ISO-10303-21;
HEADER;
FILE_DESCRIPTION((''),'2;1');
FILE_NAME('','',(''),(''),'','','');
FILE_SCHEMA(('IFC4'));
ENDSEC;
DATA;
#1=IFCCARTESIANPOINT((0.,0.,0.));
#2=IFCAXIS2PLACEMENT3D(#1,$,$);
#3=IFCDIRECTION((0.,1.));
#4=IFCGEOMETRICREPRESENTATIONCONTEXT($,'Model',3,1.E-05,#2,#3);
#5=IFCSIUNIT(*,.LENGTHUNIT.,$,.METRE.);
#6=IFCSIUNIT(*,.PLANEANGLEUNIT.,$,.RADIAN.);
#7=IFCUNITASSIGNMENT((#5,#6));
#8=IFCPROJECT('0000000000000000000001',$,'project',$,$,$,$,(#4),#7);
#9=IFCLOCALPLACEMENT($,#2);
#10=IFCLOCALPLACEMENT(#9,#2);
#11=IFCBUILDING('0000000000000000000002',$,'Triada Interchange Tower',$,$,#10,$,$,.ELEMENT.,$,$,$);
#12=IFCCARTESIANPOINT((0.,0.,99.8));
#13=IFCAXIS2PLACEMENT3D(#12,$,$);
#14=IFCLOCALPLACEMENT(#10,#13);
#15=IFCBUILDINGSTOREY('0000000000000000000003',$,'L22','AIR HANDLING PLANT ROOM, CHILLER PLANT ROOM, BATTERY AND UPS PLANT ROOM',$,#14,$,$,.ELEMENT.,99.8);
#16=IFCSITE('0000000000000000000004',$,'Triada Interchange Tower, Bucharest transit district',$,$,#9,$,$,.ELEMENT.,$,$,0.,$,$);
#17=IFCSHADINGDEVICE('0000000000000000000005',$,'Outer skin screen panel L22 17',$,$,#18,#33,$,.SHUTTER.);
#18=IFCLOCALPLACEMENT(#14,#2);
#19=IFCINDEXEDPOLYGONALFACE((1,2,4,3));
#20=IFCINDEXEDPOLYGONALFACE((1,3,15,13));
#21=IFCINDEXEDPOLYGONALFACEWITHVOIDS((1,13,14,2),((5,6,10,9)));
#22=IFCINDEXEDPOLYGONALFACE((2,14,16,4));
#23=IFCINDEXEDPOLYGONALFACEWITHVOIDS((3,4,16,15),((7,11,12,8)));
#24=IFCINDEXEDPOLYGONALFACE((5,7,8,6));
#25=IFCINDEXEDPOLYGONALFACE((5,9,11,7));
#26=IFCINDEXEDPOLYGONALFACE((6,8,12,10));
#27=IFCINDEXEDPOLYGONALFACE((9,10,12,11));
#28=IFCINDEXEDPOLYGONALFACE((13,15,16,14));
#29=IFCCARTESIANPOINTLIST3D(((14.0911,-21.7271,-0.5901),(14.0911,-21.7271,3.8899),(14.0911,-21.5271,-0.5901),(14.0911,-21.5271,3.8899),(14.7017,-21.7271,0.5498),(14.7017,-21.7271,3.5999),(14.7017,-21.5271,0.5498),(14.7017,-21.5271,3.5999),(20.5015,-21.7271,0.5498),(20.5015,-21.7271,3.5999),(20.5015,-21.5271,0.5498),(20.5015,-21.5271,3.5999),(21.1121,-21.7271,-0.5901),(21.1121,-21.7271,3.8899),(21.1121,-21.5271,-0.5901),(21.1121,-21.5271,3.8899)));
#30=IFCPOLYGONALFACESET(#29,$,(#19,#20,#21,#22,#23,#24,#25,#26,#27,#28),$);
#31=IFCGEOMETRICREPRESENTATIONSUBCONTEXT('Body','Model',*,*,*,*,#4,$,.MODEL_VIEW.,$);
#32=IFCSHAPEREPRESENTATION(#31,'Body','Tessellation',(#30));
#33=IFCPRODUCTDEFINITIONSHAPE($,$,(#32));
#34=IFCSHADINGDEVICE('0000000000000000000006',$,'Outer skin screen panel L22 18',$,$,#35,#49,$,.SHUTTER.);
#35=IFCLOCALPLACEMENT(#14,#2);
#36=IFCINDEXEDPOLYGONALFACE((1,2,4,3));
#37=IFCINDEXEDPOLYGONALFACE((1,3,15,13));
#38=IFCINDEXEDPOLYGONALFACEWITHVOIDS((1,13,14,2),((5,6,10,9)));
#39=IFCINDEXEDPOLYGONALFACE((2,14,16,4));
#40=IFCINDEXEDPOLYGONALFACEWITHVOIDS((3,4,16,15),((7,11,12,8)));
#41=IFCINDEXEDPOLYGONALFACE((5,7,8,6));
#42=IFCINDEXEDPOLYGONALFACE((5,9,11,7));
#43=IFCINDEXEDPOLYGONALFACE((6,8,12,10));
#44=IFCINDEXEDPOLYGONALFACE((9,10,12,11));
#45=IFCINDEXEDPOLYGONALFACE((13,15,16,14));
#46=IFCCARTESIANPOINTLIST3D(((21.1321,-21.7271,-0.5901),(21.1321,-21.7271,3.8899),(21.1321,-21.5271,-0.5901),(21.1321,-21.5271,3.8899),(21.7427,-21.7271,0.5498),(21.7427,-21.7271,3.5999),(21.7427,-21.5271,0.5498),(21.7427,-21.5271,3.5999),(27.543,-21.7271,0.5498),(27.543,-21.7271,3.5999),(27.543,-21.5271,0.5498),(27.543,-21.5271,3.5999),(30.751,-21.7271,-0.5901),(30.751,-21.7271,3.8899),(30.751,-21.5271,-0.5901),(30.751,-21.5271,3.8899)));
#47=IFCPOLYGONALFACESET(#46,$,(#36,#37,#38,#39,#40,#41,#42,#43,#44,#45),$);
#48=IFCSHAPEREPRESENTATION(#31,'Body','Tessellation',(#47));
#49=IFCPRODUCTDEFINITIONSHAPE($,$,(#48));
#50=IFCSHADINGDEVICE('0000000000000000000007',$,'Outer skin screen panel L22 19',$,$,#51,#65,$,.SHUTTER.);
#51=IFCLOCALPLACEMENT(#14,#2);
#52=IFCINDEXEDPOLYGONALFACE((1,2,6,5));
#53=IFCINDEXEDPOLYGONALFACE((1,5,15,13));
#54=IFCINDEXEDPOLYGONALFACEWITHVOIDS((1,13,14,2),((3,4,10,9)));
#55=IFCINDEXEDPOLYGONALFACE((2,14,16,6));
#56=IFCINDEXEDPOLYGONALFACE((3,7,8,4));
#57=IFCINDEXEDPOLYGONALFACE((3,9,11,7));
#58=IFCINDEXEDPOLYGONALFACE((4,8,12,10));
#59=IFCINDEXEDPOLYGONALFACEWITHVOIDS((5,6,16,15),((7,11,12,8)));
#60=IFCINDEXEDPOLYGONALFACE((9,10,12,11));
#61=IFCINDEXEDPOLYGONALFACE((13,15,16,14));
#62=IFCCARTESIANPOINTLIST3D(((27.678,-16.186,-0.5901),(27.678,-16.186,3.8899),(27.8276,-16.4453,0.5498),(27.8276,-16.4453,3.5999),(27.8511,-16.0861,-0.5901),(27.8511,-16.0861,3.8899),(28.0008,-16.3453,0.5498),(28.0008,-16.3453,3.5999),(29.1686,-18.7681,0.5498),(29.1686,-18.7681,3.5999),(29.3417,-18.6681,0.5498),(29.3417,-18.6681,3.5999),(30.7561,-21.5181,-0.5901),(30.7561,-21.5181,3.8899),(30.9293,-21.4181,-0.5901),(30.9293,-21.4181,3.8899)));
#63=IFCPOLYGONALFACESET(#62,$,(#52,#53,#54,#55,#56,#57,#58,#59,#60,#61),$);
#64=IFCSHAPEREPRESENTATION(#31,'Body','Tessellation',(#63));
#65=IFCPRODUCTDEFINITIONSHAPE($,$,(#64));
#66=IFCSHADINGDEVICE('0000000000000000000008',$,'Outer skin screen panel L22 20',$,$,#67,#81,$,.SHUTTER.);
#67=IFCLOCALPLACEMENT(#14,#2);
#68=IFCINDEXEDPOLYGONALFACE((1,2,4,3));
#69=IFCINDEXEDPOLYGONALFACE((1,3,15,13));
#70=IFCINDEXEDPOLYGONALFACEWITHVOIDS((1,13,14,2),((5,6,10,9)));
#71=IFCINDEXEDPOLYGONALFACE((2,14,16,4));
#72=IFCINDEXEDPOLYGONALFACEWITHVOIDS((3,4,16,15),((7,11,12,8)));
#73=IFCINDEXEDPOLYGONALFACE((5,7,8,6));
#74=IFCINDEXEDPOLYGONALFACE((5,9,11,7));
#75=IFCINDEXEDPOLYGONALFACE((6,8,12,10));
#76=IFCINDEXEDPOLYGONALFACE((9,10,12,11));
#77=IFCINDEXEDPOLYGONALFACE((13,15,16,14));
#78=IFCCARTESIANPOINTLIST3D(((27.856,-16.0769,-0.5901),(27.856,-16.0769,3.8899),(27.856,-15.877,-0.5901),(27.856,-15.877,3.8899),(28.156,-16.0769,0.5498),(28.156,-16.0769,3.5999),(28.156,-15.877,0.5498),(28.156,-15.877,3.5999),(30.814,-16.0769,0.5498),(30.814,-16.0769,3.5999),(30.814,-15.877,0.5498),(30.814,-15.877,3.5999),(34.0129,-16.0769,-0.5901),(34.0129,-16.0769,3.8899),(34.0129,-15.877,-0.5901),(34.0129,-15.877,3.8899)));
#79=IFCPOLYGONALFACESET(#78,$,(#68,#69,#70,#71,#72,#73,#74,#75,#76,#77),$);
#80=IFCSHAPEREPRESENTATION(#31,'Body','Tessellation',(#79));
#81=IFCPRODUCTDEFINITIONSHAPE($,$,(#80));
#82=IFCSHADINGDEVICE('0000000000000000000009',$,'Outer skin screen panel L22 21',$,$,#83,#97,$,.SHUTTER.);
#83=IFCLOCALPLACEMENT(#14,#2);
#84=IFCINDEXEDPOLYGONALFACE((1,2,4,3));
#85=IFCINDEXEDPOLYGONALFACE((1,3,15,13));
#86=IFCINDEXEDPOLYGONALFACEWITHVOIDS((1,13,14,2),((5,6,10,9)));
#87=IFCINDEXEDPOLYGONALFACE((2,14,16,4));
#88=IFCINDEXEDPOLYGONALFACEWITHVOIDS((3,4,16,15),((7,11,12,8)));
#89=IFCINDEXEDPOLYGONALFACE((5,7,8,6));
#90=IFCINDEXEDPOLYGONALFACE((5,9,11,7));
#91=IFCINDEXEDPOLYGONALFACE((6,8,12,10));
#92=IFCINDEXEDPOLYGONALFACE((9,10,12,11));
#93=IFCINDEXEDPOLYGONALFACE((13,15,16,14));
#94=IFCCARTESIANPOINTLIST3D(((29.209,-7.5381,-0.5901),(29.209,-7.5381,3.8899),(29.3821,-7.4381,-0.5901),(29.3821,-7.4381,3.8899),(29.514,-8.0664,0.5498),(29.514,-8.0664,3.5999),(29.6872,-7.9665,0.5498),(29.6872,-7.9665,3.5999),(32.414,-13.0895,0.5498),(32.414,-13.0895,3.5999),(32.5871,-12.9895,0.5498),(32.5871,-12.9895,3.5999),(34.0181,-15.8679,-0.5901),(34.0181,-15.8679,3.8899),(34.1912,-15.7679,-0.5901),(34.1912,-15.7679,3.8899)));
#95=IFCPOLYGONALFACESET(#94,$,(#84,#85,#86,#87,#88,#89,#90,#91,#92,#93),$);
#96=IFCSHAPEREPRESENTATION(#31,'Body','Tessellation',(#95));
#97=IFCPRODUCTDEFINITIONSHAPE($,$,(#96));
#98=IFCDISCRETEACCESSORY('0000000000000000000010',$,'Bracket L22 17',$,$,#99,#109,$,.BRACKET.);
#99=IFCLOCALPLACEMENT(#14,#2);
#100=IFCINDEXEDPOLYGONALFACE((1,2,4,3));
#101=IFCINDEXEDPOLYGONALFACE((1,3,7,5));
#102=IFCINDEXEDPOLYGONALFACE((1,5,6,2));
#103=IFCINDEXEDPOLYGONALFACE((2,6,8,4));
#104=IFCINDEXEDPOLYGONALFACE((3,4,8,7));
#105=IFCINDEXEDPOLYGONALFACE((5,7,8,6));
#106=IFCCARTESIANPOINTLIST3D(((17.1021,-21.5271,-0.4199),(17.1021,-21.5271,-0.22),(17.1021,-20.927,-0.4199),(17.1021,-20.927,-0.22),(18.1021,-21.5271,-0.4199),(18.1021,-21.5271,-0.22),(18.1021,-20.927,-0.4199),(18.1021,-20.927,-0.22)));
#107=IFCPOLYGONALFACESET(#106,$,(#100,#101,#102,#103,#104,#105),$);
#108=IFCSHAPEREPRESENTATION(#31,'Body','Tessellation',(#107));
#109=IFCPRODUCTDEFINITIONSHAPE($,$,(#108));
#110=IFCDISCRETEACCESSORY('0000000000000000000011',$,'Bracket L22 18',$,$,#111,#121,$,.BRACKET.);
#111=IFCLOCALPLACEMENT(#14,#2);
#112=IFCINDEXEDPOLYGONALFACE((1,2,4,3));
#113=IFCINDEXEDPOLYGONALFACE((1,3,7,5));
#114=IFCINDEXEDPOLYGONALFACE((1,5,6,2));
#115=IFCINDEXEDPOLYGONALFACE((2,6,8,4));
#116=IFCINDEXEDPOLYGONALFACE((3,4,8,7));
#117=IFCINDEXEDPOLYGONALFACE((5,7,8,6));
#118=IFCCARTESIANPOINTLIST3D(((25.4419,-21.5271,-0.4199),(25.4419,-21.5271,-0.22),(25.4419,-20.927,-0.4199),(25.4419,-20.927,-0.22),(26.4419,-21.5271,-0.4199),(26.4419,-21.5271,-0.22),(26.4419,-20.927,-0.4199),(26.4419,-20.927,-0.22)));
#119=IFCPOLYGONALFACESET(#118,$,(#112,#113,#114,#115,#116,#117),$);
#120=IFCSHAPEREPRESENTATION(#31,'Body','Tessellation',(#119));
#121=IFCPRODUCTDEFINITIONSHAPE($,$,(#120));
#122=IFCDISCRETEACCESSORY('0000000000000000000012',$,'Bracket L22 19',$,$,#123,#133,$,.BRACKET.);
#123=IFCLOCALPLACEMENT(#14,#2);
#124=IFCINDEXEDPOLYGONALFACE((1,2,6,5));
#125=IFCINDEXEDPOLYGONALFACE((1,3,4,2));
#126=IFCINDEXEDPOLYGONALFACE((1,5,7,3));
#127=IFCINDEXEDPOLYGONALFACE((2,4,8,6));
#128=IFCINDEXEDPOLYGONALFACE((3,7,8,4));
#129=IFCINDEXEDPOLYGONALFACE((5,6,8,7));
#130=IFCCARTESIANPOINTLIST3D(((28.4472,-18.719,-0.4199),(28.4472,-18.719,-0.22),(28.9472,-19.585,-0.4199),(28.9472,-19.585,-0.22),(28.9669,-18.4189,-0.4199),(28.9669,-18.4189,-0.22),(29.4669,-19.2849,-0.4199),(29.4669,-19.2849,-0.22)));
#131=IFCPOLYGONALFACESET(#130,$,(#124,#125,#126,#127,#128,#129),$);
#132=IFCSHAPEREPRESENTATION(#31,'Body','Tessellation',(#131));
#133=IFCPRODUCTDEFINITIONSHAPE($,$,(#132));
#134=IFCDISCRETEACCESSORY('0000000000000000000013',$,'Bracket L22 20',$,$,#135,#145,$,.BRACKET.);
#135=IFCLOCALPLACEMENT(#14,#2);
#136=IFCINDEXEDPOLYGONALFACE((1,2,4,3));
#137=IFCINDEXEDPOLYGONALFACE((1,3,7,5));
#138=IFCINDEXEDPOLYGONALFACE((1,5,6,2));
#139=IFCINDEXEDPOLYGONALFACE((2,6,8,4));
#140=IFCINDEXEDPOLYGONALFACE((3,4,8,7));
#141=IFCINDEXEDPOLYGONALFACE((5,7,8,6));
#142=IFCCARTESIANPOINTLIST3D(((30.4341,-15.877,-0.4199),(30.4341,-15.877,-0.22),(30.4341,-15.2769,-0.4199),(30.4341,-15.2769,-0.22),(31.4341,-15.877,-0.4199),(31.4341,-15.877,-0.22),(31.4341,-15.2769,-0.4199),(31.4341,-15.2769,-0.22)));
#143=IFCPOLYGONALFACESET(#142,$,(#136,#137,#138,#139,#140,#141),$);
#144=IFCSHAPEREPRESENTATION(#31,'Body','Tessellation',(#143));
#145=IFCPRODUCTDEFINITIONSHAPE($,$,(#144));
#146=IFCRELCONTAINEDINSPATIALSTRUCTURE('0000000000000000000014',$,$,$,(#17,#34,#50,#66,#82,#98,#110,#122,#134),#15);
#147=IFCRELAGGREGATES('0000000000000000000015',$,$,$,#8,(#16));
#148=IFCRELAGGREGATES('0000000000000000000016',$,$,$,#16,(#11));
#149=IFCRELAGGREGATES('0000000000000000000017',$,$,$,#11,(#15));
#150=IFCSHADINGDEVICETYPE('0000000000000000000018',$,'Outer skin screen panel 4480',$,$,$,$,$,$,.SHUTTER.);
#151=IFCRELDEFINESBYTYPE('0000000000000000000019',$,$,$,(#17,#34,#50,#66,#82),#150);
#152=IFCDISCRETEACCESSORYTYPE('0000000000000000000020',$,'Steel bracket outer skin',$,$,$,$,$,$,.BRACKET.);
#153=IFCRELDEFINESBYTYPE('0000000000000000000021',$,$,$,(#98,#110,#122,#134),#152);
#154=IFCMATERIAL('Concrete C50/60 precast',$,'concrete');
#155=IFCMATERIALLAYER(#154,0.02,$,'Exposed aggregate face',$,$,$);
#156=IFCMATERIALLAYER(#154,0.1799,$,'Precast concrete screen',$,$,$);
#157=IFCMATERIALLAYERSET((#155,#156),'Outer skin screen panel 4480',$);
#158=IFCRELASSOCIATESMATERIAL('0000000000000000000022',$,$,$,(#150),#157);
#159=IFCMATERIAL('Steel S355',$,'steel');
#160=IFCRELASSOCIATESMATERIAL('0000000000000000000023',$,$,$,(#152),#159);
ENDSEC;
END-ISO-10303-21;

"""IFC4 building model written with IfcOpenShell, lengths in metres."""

from ifc_helpers import new_model, si_unit, direction, frame, origin, origin_2d, place, context, subcontext, project, spatial, polyline, rectangle, outline, extrude, material, layer, layer_set, type_object, element, save


model = new_model("IFC4")

# Units and contexts
model_context = context("Model", 3, precision=1e-05, world=origin(), true_north=direction((0.0, 1.0)))
body_context = subcontext(model_context, "Body", "Model", "MODEL_VIEW")
ifc_project = project(units=[si_unit("LENGTHUNIT", "METRE"), si_unit("PLANEANGLEUNIT", "RADIAN")], contexts=[model_context])

# Site, building, storey
site_placement = place(None, origin())
site = spatial("IfcSite", under=ifc_project, at=site_placement, Name="Triada Interchange Tower, Bucharest transit district", CompositionType="ELEMENT", RefElevation=0.0)
building_placement = place(site_placement, origin())
building = spatial("IfcBuilding", under=site, at=building_placement, Name="Triada Interchange Tower", CompositionType="ELEMENT")
storey_placement = place(building_placement, frame((0.0, 0.0, 99.8)))
storey = spatial("IfcBuildingStorey", under=building, at=storey_placement, Name="L22", Description="AIR HANDLING PLANT ROOM, CHILLER PLANT ROOM, BATTERY AND UPS PLANT ROOM", CompositionType="ELEMENT", Elevation=99.8)

# Shared definitions
ifc_material_1 = material(Name="Steel S355", Category="steel")

# Shading devices
ifc_material_2 = material(Name="Concrete C50/60 precast", Category="concrete")
ifc_layer_1 = layer(ifc_material_2, 0.02, Name="Exposed aggregate face")
ifc_layer_2 = layer(ifc_material_2, 0.1799, Name="Precast concrete screen")
ifc_layer_set_1 = layer_set([ifc_layer_1, ifc_layer_2], Name="Outer skin screen panel 4480")
shading_device_type = type_object("IfcShadingDeviceType", Name="Outer skin screen panel 4480", PredefinedType="SHUTTER", material=ifc_layer_set_1)
shading_device_1_placement = place(storey_placement, frame((14.0911, -21.5271, -0.5901), z_axis=(0.0, 0.0, 1.0), x_axis=(1.0, 0.0, 0.0)))
element("IfcShadingDevice", 1, at=shading_device_1_placement, inside=storey, type_object=shading_device_type, Name="Outer skin screen panel L22 17", PredefinedType="SHUTTER", context=body_context, shape_type="SweptSolid", body=[
    extrude(outline(polyline([(0.0, 0.0), (7.021, 0.0), (7.021, 4.48), (0.0, 4.48), (0.0, 0.0)]), holes=[polyline([(0.6106, 1.1399), (0.6106, 4.1899), (6.4104, 4.1899), (6.4104, 1.1399), (0.6106, 1.1399)])]), frame((0.0, 0.0, 0.0), z_axis=(0.0, -1.0, 0.0), x_axis=(1.0, 0.0, 0.0)), (0.0, 0.0, 1.0), 0.2),
])
shading_device_2_placement = place(storey_placement, frame((21.1321, -21.5271, -0.5901), z_axis=(0.0, 0.0, 1.0), x_axis=(1.0, 0.0, 0.0)))
element("IfcShadingDevice", 2, at=shading_device_2_placement, inside=storey, type_object=shading_device_type, Name="Outer skin screen panel L22 18", PredefinedType="SHUTTER", context=body_context, shape_type="SweptSolid", body=[
    extrude(outline(polyline([(0.0, 0.0), (9.6189, 0.0), (9.6189, 4.48), (0.0, 4.48), (0.0, 0.0)]), holes=[polyline([(0.6106, 1.1399), (0.6106, 4.1899), (6.4109, 4.1899), (6.4109, 1.1399), (0.6106, 1.1399)])]), frame((0.0, 0.0, 0.0), z_axis=(0.0, -1.0, 0.0), x_axis=(1.0, 0.0, 0.0)), (0.0, 0.0, 1.0), 0.2),
])
shading_device_3_placement = place(storey_placement, frame((30.7561, -21.5181, -0.5901), z_axis=(0.0, 0.0, 1.0), x_axis=(-0.49996, 0.866048, 0.0)))
element("IfcShadingDevice", 3, at=shading_device_3_placement, inside=storey, type_object=shading_device_type, Name="Outer skin screen panel L22 19", PredefinedType="SHUTTER", context=body_context, shape_type="SweptSolid", body=[
    extrude(outline(polyline([(0.0, 0.0), (6.1567, 0.0), (6.1567, 4.48), (0.0, 4.48), (0.0, 0.0)]), holes=[polyline([(3.1753, 1.1399), (3.1753, 4.1899), (5.8574, 4.1899), (5.8574, 1.1399), (3.1753, 1.1399)])]), frame((0.0, 0.0, 0.0), z_axis=(0.0, -1.0, 0.0), x_axis=(1.0, 0.0, 0.0)), (0.0, 0.0, 1.0), 0.2),
])
shading_device_4_placement = place(storey_placement, frame((27.856, -15.877, -0.5901), z_axis=(0.0, 0.0, 1.0), x_axis=(1.0, 0.0, 0.0)))
element("IfcShadingDevice", 4, at=shading_device_4_placement, inside=storey, type_object=shading_device_type, Name="Outer skin screen panel L22 20", PredefinedType="SHUTTER", context=body_context, shape_type="SweptSolid", body=[
    extrude(outline(polyline([(0.0, 0.0), (6.157, 0.0), (6.157, 4.48), (0.0, 4.48), (0.0, 0.0)]), holes=[polyline([(0.3, 1.1399), (0.3, 4.1899), (2.958, 4.1899), (2.958, 1.1399), (0.3, 1.1399)])]), frame((0.0, 0.0, 0.0), z_axis=(0.0, -1.0, 0.0), x_axis=(1.0, 0.0, 0.0)), (0.0, 0.0, 1.0), 0.2),
])
shading_device_5_placement = place(storey_placement, frame((34.0181, -15.8679, -0.5901), z_axis=(0.0, 0.0, 1.0), x_axis=(-0.499988, 0.866032, 0.0)))
element("IfcShadingDevice", 5, at=shading_device_5_placement, inside=storey, type_object=shading_device_type, Name="Outer skin screen panel L22 21", PredefinedType="SHUTTER", context=body_context, shape_type="SweptSolid", body=[
    extrude(outline(polyline([(0.0, 0.0), (9.6184, 0.0), (9.6184, 4.48), (0.0, 4.48), (0.0, 0.0)]), holes=[polyline([(3.2083, 1.1399), (3.2083, 4.1899), (9.0083, 4.1899), (9.0083, 1.1399), (3.2083, 1.1399)])]), frame((0.0, 0.0, 0.0), z_axis=(0.0, -1.0, 0.0), x_axis=(1.0, 0.0, 0.0)), (0.0, 0.0, 1.0), 0.2),
])

# Discrete accessories
discrete_accessory_type = type_object("IfcDiscreteAccessoryType", Name="Steel bracket outer skin", PredefinedType="BRACKET", material=ifc_material_1)
for number, where, z_axis, x_axis, name in (
    (6, (17.6021, -21.2271, -0.4199), (0.0, 0.0, 1.0), (0.0, -1.0, 0.0), "Bracket L22 17"),
    (7, (25.9419, -21.2271, -0.4199), (0.0, 0.0, 1.0), (0.0, -1.0, 0.0), "Bracket L22 18"),
    (8, (28.957, -19.002, -0.4199), (0.0, 0.0, 1.0), (0.866027, 0.499997, 0.0), "Bracket L22 19"),
    (9, (30.9341, -15.5769, -0.4199), (0.0, 0.0, 1.0), (0.0, -1.0, 0.0), "Bracket L22 20"),
):
    element("IfcDiscreteAccessory", number, at=place(storey_placement, frame(where, z_axis=z_axis, x_axis=x_axis)), inside=storey, type_object=discrete_accessory_type, Name=name, PredefinedType="BRACKET", context=body_context, shape_type="SweptSolid", body=[
        extrude(rectangle(XDim=0.6001, YDim=1.0, at=origin_2d()), origin(), (0.0, 0.0, 1.0), 0.2),
    ])

save(model, "model.ifc")
